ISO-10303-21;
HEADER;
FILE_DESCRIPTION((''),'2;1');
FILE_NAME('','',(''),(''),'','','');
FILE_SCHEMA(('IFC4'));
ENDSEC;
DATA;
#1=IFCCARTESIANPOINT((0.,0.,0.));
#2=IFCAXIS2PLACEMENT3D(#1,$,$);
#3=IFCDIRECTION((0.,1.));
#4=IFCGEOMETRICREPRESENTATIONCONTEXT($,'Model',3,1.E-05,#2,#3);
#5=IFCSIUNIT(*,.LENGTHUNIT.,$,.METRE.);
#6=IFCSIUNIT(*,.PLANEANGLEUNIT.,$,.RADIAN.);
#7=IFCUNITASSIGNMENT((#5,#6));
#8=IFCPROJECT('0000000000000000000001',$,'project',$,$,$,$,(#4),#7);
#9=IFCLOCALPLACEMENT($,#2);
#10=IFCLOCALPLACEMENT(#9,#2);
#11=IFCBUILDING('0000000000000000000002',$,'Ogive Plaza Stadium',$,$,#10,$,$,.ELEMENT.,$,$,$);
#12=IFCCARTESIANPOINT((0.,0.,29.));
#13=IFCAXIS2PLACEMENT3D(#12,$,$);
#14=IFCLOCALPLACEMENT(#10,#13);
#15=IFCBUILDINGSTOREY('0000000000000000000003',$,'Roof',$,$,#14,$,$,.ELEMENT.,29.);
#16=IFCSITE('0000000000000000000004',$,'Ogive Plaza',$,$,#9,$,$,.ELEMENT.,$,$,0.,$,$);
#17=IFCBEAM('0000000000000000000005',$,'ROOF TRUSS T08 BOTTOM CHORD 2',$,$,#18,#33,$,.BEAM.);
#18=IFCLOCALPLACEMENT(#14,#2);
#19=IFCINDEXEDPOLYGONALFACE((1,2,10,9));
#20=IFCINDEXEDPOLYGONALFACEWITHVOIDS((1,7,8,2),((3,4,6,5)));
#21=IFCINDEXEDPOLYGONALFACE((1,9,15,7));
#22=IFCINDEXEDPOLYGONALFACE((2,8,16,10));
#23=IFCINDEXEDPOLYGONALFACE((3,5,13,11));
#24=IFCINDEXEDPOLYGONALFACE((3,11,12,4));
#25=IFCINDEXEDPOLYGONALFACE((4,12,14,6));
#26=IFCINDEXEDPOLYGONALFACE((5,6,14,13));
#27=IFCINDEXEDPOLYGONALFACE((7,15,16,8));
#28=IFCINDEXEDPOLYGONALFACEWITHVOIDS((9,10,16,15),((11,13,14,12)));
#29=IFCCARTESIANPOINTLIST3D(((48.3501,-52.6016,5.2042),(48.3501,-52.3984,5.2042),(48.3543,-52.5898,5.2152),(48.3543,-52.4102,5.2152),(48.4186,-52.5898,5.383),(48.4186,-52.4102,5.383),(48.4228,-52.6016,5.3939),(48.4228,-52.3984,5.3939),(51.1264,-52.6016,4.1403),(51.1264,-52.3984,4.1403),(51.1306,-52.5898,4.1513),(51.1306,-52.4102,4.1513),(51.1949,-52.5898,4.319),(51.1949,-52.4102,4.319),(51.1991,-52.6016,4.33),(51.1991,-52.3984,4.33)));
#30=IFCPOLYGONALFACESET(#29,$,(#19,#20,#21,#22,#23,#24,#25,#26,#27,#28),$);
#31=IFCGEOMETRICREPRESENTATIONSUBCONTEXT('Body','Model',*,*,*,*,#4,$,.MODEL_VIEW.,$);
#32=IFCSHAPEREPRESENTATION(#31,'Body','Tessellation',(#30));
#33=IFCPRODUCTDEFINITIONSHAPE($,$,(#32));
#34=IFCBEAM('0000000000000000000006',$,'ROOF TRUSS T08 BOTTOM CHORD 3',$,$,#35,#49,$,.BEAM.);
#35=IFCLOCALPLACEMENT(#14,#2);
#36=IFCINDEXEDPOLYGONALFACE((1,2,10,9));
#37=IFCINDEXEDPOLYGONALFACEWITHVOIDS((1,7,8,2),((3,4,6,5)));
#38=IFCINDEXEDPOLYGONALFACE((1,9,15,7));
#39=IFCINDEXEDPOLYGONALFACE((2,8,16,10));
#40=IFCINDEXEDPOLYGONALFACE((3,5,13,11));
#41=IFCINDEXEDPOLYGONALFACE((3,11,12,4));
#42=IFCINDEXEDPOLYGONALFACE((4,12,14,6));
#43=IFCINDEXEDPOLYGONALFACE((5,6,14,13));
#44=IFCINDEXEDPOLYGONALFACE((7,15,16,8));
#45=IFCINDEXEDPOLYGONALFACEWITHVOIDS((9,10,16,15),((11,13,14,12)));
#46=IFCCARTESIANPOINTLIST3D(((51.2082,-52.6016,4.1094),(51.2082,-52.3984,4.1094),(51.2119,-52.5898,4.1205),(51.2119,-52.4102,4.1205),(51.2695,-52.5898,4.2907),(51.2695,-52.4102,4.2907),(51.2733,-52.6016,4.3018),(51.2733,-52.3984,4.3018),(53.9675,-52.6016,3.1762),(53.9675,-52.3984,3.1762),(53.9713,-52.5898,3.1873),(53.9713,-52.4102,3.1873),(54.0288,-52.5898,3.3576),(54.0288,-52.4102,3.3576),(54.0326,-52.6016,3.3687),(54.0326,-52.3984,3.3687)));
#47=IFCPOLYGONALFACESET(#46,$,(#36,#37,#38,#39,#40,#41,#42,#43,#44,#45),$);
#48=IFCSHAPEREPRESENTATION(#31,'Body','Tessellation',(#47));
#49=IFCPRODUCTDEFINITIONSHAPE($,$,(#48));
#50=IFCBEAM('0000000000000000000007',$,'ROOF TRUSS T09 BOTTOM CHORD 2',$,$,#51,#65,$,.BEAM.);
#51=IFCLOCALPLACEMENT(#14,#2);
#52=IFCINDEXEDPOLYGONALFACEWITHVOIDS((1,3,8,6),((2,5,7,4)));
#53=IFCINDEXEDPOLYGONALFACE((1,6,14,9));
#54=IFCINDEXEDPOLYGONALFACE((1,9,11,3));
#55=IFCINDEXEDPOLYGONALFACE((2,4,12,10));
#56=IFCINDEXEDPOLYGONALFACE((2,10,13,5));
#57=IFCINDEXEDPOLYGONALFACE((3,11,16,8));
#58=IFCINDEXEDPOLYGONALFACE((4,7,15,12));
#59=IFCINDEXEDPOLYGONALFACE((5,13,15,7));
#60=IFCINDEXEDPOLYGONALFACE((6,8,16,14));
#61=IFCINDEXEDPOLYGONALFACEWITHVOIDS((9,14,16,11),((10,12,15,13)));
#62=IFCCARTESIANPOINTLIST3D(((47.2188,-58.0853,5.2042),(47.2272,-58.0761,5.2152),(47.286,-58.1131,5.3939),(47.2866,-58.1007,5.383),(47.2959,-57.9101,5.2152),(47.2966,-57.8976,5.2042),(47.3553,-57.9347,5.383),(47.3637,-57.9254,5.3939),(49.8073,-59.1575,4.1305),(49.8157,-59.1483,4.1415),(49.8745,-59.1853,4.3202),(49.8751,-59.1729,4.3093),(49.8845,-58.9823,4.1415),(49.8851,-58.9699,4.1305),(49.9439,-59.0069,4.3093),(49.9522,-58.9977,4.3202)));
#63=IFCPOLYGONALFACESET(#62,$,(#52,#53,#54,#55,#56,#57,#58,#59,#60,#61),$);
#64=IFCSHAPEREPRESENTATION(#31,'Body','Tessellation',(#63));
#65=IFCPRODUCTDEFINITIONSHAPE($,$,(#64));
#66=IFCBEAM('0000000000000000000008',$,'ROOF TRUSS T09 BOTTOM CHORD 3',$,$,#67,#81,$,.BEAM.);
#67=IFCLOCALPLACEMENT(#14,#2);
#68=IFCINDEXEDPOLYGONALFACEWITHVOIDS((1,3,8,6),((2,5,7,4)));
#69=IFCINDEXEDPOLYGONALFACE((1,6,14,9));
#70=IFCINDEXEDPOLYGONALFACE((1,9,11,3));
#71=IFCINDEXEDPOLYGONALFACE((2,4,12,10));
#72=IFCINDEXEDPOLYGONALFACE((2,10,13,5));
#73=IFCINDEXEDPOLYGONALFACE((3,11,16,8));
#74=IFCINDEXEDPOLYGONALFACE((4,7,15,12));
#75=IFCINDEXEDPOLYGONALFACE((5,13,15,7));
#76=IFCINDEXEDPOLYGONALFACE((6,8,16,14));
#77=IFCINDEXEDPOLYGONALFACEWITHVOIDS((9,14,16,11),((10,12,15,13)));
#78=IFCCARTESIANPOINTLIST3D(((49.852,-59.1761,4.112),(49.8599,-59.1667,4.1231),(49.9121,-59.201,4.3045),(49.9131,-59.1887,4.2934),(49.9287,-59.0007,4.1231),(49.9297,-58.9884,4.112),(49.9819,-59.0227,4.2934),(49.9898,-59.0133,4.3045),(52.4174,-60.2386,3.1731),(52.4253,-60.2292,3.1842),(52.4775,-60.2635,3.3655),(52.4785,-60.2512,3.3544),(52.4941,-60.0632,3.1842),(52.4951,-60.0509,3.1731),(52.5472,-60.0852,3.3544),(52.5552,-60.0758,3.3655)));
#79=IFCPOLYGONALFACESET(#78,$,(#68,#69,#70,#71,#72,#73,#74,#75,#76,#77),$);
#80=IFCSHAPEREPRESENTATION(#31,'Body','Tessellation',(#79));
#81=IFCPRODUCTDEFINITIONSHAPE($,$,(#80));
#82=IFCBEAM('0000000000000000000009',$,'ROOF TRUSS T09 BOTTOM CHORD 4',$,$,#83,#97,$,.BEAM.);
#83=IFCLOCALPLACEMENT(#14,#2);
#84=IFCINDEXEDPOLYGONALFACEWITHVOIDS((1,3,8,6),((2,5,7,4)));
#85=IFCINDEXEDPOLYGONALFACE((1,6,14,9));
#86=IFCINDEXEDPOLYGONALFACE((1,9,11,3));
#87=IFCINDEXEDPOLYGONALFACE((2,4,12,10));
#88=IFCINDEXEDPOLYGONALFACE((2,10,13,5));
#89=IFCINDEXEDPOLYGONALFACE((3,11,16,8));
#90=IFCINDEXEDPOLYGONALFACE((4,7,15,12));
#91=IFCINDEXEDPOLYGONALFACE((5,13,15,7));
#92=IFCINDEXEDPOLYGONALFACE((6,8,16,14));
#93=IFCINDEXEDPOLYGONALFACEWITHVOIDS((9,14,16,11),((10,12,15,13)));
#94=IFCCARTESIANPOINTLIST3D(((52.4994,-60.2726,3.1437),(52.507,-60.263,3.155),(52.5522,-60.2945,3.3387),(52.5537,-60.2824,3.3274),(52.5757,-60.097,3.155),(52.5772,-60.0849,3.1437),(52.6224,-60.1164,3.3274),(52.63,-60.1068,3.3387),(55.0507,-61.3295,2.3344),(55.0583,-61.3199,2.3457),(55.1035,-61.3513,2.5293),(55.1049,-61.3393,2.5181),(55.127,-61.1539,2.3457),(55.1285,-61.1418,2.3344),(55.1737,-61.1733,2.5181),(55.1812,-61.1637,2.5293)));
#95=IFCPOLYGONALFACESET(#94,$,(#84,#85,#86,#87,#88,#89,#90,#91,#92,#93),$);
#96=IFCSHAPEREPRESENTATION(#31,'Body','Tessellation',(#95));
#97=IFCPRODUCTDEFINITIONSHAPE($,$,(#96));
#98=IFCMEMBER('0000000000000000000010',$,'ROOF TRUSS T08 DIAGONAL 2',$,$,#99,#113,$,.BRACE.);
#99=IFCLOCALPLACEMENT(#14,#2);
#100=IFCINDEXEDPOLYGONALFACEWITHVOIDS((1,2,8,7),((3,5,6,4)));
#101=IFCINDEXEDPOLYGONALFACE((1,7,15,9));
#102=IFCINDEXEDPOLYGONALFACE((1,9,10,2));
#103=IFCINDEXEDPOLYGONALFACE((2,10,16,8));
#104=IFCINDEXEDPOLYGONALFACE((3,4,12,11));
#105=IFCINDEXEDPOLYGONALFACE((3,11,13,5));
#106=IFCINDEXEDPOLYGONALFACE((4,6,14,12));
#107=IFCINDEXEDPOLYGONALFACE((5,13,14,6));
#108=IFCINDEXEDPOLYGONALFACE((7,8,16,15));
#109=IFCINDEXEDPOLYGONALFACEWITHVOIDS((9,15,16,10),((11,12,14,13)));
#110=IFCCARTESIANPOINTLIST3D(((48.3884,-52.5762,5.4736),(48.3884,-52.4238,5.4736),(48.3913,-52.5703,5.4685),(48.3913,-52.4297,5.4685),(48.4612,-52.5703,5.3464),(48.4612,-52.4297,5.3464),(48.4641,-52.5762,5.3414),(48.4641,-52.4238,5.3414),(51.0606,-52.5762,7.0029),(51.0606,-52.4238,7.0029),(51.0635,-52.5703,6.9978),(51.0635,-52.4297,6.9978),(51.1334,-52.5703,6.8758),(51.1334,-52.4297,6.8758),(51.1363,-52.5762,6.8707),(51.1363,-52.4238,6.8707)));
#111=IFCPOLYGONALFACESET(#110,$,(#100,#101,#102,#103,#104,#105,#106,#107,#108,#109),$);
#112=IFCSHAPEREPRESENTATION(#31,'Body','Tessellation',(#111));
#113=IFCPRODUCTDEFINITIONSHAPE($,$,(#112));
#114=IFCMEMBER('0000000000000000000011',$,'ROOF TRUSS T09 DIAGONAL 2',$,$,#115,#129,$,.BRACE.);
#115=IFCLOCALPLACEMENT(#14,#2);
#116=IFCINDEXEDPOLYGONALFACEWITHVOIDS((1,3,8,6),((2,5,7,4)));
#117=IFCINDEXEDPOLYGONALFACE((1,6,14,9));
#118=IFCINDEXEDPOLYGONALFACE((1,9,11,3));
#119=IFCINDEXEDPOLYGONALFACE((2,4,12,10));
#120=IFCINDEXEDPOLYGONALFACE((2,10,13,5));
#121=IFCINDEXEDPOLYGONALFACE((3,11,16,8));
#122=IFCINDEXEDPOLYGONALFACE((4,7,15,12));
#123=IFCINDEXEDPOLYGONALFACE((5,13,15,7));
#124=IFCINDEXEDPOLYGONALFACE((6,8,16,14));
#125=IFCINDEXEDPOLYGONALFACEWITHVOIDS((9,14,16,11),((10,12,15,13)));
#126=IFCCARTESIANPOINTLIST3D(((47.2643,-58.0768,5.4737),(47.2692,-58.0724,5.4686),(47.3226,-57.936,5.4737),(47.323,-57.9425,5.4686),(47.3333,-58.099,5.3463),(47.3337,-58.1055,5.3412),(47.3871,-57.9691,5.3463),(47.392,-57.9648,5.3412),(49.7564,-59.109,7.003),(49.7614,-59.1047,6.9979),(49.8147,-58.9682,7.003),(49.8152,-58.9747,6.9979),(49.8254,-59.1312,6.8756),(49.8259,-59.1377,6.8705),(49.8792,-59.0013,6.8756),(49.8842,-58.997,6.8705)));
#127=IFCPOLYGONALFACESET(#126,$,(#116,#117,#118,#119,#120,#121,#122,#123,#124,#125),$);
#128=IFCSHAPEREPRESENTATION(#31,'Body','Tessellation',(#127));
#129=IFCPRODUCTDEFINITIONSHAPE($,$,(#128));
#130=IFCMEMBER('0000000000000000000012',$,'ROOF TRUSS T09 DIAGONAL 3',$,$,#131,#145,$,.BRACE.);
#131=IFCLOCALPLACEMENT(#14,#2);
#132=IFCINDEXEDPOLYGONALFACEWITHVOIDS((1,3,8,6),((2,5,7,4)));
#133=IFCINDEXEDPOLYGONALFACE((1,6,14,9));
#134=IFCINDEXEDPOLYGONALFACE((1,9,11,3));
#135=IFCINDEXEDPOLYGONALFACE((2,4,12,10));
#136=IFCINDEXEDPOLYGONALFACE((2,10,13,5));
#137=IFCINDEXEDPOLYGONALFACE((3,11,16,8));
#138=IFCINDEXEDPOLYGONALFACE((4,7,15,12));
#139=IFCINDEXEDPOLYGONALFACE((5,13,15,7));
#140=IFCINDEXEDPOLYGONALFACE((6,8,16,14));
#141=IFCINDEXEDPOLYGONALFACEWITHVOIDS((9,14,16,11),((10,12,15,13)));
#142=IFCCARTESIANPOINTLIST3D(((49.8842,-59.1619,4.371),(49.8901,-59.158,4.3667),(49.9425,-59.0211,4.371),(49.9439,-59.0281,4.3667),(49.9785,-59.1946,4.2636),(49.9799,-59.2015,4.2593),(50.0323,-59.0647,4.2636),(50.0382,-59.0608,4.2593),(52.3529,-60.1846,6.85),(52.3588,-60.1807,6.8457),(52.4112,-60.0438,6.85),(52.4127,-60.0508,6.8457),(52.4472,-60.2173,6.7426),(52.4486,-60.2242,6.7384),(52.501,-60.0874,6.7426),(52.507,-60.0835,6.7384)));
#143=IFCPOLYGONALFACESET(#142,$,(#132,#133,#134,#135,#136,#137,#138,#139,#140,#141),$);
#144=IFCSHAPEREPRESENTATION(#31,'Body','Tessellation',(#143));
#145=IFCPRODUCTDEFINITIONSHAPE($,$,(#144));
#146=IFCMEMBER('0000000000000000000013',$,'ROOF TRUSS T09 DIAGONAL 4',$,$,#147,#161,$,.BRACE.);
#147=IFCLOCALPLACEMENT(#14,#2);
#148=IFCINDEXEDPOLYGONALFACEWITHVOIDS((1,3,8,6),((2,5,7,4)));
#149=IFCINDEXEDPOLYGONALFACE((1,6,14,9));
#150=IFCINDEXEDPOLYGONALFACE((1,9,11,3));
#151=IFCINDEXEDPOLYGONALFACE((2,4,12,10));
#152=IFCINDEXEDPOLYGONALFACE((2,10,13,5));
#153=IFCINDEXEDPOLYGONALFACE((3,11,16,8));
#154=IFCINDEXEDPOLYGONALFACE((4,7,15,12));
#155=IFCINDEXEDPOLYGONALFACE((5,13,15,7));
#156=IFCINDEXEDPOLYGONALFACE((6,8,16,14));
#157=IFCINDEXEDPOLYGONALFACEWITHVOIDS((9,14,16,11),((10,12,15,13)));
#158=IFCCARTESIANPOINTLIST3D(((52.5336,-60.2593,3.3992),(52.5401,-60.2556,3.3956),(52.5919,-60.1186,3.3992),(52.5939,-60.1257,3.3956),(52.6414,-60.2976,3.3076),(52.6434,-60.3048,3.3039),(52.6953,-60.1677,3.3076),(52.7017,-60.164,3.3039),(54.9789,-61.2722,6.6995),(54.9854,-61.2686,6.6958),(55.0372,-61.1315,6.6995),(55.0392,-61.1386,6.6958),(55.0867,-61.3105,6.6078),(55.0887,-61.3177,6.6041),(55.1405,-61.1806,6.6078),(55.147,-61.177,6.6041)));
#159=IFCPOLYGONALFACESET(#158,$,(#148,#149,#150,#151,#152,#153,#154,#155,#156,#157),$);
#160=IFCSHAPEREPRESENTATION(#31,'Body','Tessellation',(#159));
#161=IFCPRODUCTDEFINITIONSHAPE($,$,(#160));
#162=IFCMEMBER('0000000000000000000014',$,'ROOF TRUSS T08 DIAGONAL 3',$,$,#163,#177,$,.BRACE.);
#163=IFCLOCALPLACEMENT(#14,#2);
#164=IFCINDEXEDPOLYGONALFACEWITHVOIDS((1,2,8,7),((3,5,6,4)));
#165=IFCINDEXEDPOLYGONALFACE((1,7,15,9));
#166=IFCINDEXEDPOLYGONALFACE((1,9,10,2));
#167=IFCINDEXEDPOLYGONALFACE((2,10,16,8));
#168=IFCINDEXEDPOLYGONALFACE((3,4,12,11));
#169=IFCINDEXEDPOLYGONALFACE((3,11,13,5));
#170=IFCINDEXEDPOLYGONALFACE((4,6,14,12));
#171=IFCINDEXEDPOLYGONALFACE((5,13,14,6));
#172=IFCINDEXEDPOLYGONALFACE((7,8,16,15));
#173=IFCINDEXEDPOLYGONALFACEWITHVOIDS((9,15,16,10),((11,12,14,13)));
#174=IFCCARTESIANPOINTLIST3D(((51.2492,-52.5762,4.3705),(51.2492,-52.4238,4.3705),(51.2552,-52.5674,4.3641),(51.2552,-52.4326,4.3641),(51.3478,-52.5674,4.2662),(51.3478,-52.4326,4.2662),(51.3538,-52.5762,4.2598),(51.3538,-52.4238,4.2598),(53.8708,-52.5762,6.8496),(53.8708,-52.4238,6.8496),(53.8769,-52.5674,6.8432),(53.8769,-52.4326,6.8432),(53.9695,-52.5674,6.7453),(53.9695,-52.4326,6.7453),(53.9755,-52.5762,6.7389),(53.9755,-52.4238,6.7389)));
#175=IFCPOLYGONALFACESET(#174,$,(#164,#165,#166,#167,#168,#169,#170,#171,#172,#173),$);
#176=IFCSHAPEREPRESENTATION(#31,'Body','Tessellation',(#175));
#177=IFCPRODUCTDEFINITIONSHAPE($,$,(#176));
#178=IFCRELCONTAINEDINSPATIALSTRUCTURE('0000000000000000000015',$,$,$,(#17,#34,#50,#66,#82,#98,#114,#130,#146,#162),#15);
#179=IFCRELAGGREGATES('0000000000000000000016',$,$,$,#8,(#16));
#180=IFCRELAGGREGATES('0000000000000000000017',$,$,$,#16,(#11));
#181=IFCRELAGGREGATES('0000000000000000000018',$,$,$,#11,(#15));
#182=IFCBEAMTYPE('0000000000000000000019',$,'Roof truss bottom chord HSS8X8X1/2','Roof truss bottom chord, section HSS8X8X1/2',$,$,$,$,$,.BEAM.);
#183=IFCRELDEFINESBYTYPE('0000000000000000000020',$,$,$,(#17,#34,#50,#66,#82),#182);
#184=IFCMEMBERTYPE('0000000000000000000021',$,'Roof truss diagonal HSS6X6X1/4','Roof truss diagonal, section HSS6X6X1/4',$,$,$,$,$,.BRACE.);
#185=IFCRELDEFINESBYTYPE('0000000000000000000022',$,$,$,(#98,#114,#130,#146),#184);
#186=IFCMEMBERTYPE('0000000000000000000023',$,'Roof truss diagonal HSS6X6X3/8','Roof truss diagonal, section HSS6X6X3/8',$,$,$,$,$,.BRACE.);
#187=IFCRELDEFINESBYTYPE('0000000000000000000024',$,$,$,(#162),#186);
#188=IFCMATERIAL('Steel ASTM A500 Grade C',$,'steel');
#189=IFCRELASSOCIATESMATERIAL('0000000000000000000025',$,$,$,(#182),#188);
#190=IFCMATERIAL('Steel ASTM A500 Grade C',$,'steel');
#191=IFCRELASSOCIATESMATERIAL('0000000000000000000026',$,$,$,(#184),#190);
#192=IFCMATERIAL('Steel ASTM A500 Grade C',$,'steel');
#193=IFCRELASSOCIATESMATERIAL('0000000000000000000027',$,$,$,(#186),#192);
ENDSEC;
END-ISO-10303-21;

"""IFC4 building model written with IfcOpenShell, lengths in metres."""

from ifc_helpers import new_model, si_unit, direction, frame, origin, origin_2d, place, context, subcontext, project, spatial, hollow_rectangle, extrude, material, material_profile, profile_set, type_object, element, save


model = new_model("IFC4")

# Units and contexts
model_context = context("Model", 3, precision=1e-05, world=origin(), true_north=direction((0.0, 1.0)))
body_context = subcontext(model_context, "Body", "Model", "MODEL_VIEW")
ifc_project = project(units=[si_unit("LENGTHUNIT", "METRE"), si_unit("PLANEANGLEUNIT", "RADIAN")], contexts=[model_context])

# Site, building, storey
site_placement = place(None, origin())
site = spatial("IfcSite", under=ifc_project, at=site_placement, Name="Ogive Plaza", CompositionType="ELEMENT", RefElevation=0.0)
building_placement = place(site_placement, origin())
building = spatial("IfcBuilding", under=site, at=building_placement, Name="Ogive Plaza Stadium", CompositionType="ELEMENT")
storey_placement = place(building_placement, frame((0.0, 0.0, 29.0)))
storey = spatial("IfcBuildingStorey", under=building, at=storey_placement, Name="Roof", CompositionType="ELEMENT", Elevation=29.0)

# Beams
ifc_material_1 = material(Name="Steel ASTM A500 Grade C", Category="steel")
ifc_material_profile_1 = material_profile(ifc_material_1, hollow_rectangle(XDim=0.2031, YDim=0.2031, WallThickness=0.0117, at=origin_2d()), Name="HSS8X8X1/2")
ifc_profile_set_1 = profile_set([ifc_material_profile_1], Name="Steel ASTM A500 Grade C")
beam_type_1 = type_object("IfcBeamType", Name="Roof truss bottom chord HSS8X8X1/2", Description="Roof truss bottom chord, section HSS8X8X1/2", PredefinedType="BEAM", material=ifc_profile_set_1)
beam_1_placement = place(storey_placement, frame((48.3865, -52.5, 5.2991), z_axis=(0.933781, 0.0, -0.357845), x_axis=(0.0, 1.0, 0.0)))
element("IfcBeam", 1, at=beam_1_placement, inside=storey, type_object=beam_type_1, Name="ROOF TRUSS T08 BOTTOM CHORD 2", PredefinedType="BEAM", context=body_context, shape_type="SweptSolid", body=[
    extrude(hollow_rectangle(XDim=0.2031, YDim=0.2031, WallThickness=0.0117, at=origin_2d()), origin(), (0.0, 0.0, 1.0), 2.9731),
])
beam_2_placement = place(storey_placement, frame((51.2407, -52.5, 4.2056), z_axis=(0.9473, 0.0, -0.320349), x_axis=(0.0, 1.0, 0.0)))
element("IfcBeam", 2, at=beam_2_placement, inside=storey, type_object=beam_type_1, Name="ROOF TRUSS T08 BOTTOM CHORD 3", PredefinedType="BEAM", context=body_context, shape_type="SweptSolid", body=[
    extrude(hollow_rectangle(XDim=0.2031, YDim=0.2031, WallThickness=0.0117, at=origin_2d()), origin(), (0.0, 0.0, 1.0), 2.9128),
])
beam_3_placement = place(storey_placement, frame((47.2913, -58.0054, 5.2991), z_axis=(0.862701, -0.35735, -0.357838), x_axis=(0.38269, 0.923877, 0.0)))
element("IfcBeam", 3, at=beam_3_placement, inside=storey, type_object=beam_type_1, Name="ROOF TRUSS T09 BOTTOM CHORD 2", PredefinedType="BEAM", context=body_context, shape_type="SweptSolid", body=[
    extrude(hollow_rectangle(XDim=0.2031, YDim=0.2031, WallThickness=0.0117, at=origin_2d()), origin(), (0.0, 0.0, 1.0), 3.0005),
])
beam_4_placement = place(storey_placement, frame((49.9209, -59.0947, 4.2083), z_axis=(0.875212, -0.362478, -0.320334), x_axis=(0.382642, 0.923897, 0.0)))
element("IfcBeam", 4, at=beam_4_placement, inside=storey, type_object=beam_type_1, Name="ROOF TRUSS T09 BOTTOM CHORD 3", PredefinedType="BEAM", context=body_context, shape_type="SweptSolid", body=[
    extrude(hollow_rectangle(XDim=0.2031, YDim=0.2031, WallThickness=0.0117, at=origin_2d()), origin(), (0.0, 0.0, 1.0), 2.9312),
])
beam_5_placement = place(storey_placement, frame((52.5647, -60.1897, 3.2412), z_axis=(0.886574, -0.367271, -0.281243), x_axis=(0.382719, 0.923865, 0.0)))
element("IfcBeam", 5, at=beam_5_placement, inside=storey, type_object=beam_type_1, Name="ROOF TRUSS T09 BOTTOM CHORD 4", PredefinedType="BEAM", context=body_context, shape_type="SweptSolid", body=[
    extrude(hollow_rectangle(XDim=0.2031, YDim=0.2031, WallThickness=0.0117, at=origin_2d()), origin(), (0.0, 0.0, 1.0), 2.8777),
])

# Members
ifc_material_2 = material(Name="Steel ASTM A500 Grade C", Category="steel")
ifc_material_profile_2 = material_profile(ifc_material_2, hollow_rectangle(XDim=0.1523, YDim=0.1523, WallThickness=0.0059, at=origin_2d()), Name="HSS6X6X1/4")
ifc_profile_set_2 = profile_set([ifc_material_profile_2], Name="Steel ASTM A500 Grade C")
member_type_1 = type_object("IfcMemberType", Name="Roof truss diagonal HSS6X6X1/4", Description="Roof truss diagonal, section HSS6X6X1/4", PredefinedType="BRACE", material=ifc_profile_set_2)
member_1_placement = place(storey_placement, frame((48.4263, -52.5, 5.4075), z_axis=(0.867911, 0.0, 0.49672), x_axis=(0.0, 1.0, 0.0)))
element("IfcMember", 6, at=member_1_placement, inside=storey, type_object=member_type_1, Name="ROOF TRUSS T08 DIAGONAL 2", PredefinedType="BRACE", context=body_context, shape_type="SweptSolid", body=[
    extrude(hollow_rectangle(XDim=0.1523, YDim=0.1523, WallThickness=0.0059, at=origin_2d()), origin(), (0.0, 0.0, 1.0), 3.0789),
])
member_2_placement = place(storey_placement, frame((47.3281, -58.0208, 5.4075), z_axis=(0.803712, -0.332886, 0.493187), x_axis=(0.382661, 0.923889, 0.0)))
element("IfcMember", 7, at=member_2_placement, inside=storey, type_object=member_type_1, Name="ROOF TRUSS T09 DIAGONAL 2", PredefinedType="BRACE", context=body_context, shape_type="SweptSolid", body=[
    extrude(hollow_rectangle(XDim=0.1523, YDim=0.1523, WallThickness=0.0059, at=origin_2d()), origin(), (0.0, 0.0, 1.0), 3.1008),
])
member_3_placement = place(storey_placement, frame((49.9612, -59.1113, 4.3152), z_axis=(0.677295, -0.280577, 0.680109), x_axis=(0.38272, 0.923864, 0.0)))
element("IfcMember", 8, at=member_3_placement, inside=storey, type_object=member_type_1, Name="ROOF TRUSS T09 DIAGONAL 3", PredefinedType="BRACE", context=body_context, shape_type="SweptSolid", body=[
    extrude(hollow_rectangle(XDim=0.1523, YDim=0.1523, WallThickness=0.0059, at=origin_2d()), origin(), (0.0, 0.0, 1.0), 3.645),
])
member_4_placement = place(storey_placement, frame((52.6177, -60.2117, 3.3516), z_axis=(0.578013, -0.239435, 0.78011), x_axis=(0.382702, 0.923872, 0.0)))
element("IfcMember", 9, at=member_4_placement, inside=storey, type_object=member_type_1, Name="ROOF TRUSS T09 DIAGONAL 4", PredefinedType="BRACE", context=body_context, shape_type="SweptSolid", body=[
    extrude(hollow_rectangle(XDim=0.1523, YDim=0.1523, WallThickness=0.0059, at=origin_2d()), origin(), (0.0, 0.0, 1.0), 4.2305),
])
ifc_material_3 = material(Name="Steel ASTM A500 Grade C", Category="steel")
ifc_material_profile_3 = material_profile(ifc_material_3, hollow_rectangle(XDim=0.1523, YDim=0.1523, WallThickness=0.0088, at=origin_2d()), Name="HSS6X6X3/8")
ifc_profile_set_3 = profile_set([ifc_material_profile_3], Name="Steel ASTM A500 Grade C")
member_type_2 = type_object("IfcMemberType", Name="Roof truss diagonal HSS6X6X3/8", Description="Roof truss diagonal, section HSS6X6X3/8", PredefinedType="BRACE", material=ifc_profile_set_3)
member_5_placement = place(storey_placement, frame((51.3015, -52.5, 4.3152), z_axis=(0.726589, 0.0, 0.687072), x_axis=(0.0, 1.0, 0.0)))
element("IfcMember", 10, at=member_5_placement, inside=storey, type_object=member_type_2, Name="ROOF TRUSS T08 DIAGONAL 3", PredefinedType="BRACE", context=body_context, shape_type="SweptSolid", body=[
    extrude(hollow_rectangle(XDim=0.1523, YDim=0.1523, WallThickness=0.0088, at=origin_2d()), origin(), (0.0, 0.0, 1.0), 3.6082),
])

save(model, "model.ifc")
